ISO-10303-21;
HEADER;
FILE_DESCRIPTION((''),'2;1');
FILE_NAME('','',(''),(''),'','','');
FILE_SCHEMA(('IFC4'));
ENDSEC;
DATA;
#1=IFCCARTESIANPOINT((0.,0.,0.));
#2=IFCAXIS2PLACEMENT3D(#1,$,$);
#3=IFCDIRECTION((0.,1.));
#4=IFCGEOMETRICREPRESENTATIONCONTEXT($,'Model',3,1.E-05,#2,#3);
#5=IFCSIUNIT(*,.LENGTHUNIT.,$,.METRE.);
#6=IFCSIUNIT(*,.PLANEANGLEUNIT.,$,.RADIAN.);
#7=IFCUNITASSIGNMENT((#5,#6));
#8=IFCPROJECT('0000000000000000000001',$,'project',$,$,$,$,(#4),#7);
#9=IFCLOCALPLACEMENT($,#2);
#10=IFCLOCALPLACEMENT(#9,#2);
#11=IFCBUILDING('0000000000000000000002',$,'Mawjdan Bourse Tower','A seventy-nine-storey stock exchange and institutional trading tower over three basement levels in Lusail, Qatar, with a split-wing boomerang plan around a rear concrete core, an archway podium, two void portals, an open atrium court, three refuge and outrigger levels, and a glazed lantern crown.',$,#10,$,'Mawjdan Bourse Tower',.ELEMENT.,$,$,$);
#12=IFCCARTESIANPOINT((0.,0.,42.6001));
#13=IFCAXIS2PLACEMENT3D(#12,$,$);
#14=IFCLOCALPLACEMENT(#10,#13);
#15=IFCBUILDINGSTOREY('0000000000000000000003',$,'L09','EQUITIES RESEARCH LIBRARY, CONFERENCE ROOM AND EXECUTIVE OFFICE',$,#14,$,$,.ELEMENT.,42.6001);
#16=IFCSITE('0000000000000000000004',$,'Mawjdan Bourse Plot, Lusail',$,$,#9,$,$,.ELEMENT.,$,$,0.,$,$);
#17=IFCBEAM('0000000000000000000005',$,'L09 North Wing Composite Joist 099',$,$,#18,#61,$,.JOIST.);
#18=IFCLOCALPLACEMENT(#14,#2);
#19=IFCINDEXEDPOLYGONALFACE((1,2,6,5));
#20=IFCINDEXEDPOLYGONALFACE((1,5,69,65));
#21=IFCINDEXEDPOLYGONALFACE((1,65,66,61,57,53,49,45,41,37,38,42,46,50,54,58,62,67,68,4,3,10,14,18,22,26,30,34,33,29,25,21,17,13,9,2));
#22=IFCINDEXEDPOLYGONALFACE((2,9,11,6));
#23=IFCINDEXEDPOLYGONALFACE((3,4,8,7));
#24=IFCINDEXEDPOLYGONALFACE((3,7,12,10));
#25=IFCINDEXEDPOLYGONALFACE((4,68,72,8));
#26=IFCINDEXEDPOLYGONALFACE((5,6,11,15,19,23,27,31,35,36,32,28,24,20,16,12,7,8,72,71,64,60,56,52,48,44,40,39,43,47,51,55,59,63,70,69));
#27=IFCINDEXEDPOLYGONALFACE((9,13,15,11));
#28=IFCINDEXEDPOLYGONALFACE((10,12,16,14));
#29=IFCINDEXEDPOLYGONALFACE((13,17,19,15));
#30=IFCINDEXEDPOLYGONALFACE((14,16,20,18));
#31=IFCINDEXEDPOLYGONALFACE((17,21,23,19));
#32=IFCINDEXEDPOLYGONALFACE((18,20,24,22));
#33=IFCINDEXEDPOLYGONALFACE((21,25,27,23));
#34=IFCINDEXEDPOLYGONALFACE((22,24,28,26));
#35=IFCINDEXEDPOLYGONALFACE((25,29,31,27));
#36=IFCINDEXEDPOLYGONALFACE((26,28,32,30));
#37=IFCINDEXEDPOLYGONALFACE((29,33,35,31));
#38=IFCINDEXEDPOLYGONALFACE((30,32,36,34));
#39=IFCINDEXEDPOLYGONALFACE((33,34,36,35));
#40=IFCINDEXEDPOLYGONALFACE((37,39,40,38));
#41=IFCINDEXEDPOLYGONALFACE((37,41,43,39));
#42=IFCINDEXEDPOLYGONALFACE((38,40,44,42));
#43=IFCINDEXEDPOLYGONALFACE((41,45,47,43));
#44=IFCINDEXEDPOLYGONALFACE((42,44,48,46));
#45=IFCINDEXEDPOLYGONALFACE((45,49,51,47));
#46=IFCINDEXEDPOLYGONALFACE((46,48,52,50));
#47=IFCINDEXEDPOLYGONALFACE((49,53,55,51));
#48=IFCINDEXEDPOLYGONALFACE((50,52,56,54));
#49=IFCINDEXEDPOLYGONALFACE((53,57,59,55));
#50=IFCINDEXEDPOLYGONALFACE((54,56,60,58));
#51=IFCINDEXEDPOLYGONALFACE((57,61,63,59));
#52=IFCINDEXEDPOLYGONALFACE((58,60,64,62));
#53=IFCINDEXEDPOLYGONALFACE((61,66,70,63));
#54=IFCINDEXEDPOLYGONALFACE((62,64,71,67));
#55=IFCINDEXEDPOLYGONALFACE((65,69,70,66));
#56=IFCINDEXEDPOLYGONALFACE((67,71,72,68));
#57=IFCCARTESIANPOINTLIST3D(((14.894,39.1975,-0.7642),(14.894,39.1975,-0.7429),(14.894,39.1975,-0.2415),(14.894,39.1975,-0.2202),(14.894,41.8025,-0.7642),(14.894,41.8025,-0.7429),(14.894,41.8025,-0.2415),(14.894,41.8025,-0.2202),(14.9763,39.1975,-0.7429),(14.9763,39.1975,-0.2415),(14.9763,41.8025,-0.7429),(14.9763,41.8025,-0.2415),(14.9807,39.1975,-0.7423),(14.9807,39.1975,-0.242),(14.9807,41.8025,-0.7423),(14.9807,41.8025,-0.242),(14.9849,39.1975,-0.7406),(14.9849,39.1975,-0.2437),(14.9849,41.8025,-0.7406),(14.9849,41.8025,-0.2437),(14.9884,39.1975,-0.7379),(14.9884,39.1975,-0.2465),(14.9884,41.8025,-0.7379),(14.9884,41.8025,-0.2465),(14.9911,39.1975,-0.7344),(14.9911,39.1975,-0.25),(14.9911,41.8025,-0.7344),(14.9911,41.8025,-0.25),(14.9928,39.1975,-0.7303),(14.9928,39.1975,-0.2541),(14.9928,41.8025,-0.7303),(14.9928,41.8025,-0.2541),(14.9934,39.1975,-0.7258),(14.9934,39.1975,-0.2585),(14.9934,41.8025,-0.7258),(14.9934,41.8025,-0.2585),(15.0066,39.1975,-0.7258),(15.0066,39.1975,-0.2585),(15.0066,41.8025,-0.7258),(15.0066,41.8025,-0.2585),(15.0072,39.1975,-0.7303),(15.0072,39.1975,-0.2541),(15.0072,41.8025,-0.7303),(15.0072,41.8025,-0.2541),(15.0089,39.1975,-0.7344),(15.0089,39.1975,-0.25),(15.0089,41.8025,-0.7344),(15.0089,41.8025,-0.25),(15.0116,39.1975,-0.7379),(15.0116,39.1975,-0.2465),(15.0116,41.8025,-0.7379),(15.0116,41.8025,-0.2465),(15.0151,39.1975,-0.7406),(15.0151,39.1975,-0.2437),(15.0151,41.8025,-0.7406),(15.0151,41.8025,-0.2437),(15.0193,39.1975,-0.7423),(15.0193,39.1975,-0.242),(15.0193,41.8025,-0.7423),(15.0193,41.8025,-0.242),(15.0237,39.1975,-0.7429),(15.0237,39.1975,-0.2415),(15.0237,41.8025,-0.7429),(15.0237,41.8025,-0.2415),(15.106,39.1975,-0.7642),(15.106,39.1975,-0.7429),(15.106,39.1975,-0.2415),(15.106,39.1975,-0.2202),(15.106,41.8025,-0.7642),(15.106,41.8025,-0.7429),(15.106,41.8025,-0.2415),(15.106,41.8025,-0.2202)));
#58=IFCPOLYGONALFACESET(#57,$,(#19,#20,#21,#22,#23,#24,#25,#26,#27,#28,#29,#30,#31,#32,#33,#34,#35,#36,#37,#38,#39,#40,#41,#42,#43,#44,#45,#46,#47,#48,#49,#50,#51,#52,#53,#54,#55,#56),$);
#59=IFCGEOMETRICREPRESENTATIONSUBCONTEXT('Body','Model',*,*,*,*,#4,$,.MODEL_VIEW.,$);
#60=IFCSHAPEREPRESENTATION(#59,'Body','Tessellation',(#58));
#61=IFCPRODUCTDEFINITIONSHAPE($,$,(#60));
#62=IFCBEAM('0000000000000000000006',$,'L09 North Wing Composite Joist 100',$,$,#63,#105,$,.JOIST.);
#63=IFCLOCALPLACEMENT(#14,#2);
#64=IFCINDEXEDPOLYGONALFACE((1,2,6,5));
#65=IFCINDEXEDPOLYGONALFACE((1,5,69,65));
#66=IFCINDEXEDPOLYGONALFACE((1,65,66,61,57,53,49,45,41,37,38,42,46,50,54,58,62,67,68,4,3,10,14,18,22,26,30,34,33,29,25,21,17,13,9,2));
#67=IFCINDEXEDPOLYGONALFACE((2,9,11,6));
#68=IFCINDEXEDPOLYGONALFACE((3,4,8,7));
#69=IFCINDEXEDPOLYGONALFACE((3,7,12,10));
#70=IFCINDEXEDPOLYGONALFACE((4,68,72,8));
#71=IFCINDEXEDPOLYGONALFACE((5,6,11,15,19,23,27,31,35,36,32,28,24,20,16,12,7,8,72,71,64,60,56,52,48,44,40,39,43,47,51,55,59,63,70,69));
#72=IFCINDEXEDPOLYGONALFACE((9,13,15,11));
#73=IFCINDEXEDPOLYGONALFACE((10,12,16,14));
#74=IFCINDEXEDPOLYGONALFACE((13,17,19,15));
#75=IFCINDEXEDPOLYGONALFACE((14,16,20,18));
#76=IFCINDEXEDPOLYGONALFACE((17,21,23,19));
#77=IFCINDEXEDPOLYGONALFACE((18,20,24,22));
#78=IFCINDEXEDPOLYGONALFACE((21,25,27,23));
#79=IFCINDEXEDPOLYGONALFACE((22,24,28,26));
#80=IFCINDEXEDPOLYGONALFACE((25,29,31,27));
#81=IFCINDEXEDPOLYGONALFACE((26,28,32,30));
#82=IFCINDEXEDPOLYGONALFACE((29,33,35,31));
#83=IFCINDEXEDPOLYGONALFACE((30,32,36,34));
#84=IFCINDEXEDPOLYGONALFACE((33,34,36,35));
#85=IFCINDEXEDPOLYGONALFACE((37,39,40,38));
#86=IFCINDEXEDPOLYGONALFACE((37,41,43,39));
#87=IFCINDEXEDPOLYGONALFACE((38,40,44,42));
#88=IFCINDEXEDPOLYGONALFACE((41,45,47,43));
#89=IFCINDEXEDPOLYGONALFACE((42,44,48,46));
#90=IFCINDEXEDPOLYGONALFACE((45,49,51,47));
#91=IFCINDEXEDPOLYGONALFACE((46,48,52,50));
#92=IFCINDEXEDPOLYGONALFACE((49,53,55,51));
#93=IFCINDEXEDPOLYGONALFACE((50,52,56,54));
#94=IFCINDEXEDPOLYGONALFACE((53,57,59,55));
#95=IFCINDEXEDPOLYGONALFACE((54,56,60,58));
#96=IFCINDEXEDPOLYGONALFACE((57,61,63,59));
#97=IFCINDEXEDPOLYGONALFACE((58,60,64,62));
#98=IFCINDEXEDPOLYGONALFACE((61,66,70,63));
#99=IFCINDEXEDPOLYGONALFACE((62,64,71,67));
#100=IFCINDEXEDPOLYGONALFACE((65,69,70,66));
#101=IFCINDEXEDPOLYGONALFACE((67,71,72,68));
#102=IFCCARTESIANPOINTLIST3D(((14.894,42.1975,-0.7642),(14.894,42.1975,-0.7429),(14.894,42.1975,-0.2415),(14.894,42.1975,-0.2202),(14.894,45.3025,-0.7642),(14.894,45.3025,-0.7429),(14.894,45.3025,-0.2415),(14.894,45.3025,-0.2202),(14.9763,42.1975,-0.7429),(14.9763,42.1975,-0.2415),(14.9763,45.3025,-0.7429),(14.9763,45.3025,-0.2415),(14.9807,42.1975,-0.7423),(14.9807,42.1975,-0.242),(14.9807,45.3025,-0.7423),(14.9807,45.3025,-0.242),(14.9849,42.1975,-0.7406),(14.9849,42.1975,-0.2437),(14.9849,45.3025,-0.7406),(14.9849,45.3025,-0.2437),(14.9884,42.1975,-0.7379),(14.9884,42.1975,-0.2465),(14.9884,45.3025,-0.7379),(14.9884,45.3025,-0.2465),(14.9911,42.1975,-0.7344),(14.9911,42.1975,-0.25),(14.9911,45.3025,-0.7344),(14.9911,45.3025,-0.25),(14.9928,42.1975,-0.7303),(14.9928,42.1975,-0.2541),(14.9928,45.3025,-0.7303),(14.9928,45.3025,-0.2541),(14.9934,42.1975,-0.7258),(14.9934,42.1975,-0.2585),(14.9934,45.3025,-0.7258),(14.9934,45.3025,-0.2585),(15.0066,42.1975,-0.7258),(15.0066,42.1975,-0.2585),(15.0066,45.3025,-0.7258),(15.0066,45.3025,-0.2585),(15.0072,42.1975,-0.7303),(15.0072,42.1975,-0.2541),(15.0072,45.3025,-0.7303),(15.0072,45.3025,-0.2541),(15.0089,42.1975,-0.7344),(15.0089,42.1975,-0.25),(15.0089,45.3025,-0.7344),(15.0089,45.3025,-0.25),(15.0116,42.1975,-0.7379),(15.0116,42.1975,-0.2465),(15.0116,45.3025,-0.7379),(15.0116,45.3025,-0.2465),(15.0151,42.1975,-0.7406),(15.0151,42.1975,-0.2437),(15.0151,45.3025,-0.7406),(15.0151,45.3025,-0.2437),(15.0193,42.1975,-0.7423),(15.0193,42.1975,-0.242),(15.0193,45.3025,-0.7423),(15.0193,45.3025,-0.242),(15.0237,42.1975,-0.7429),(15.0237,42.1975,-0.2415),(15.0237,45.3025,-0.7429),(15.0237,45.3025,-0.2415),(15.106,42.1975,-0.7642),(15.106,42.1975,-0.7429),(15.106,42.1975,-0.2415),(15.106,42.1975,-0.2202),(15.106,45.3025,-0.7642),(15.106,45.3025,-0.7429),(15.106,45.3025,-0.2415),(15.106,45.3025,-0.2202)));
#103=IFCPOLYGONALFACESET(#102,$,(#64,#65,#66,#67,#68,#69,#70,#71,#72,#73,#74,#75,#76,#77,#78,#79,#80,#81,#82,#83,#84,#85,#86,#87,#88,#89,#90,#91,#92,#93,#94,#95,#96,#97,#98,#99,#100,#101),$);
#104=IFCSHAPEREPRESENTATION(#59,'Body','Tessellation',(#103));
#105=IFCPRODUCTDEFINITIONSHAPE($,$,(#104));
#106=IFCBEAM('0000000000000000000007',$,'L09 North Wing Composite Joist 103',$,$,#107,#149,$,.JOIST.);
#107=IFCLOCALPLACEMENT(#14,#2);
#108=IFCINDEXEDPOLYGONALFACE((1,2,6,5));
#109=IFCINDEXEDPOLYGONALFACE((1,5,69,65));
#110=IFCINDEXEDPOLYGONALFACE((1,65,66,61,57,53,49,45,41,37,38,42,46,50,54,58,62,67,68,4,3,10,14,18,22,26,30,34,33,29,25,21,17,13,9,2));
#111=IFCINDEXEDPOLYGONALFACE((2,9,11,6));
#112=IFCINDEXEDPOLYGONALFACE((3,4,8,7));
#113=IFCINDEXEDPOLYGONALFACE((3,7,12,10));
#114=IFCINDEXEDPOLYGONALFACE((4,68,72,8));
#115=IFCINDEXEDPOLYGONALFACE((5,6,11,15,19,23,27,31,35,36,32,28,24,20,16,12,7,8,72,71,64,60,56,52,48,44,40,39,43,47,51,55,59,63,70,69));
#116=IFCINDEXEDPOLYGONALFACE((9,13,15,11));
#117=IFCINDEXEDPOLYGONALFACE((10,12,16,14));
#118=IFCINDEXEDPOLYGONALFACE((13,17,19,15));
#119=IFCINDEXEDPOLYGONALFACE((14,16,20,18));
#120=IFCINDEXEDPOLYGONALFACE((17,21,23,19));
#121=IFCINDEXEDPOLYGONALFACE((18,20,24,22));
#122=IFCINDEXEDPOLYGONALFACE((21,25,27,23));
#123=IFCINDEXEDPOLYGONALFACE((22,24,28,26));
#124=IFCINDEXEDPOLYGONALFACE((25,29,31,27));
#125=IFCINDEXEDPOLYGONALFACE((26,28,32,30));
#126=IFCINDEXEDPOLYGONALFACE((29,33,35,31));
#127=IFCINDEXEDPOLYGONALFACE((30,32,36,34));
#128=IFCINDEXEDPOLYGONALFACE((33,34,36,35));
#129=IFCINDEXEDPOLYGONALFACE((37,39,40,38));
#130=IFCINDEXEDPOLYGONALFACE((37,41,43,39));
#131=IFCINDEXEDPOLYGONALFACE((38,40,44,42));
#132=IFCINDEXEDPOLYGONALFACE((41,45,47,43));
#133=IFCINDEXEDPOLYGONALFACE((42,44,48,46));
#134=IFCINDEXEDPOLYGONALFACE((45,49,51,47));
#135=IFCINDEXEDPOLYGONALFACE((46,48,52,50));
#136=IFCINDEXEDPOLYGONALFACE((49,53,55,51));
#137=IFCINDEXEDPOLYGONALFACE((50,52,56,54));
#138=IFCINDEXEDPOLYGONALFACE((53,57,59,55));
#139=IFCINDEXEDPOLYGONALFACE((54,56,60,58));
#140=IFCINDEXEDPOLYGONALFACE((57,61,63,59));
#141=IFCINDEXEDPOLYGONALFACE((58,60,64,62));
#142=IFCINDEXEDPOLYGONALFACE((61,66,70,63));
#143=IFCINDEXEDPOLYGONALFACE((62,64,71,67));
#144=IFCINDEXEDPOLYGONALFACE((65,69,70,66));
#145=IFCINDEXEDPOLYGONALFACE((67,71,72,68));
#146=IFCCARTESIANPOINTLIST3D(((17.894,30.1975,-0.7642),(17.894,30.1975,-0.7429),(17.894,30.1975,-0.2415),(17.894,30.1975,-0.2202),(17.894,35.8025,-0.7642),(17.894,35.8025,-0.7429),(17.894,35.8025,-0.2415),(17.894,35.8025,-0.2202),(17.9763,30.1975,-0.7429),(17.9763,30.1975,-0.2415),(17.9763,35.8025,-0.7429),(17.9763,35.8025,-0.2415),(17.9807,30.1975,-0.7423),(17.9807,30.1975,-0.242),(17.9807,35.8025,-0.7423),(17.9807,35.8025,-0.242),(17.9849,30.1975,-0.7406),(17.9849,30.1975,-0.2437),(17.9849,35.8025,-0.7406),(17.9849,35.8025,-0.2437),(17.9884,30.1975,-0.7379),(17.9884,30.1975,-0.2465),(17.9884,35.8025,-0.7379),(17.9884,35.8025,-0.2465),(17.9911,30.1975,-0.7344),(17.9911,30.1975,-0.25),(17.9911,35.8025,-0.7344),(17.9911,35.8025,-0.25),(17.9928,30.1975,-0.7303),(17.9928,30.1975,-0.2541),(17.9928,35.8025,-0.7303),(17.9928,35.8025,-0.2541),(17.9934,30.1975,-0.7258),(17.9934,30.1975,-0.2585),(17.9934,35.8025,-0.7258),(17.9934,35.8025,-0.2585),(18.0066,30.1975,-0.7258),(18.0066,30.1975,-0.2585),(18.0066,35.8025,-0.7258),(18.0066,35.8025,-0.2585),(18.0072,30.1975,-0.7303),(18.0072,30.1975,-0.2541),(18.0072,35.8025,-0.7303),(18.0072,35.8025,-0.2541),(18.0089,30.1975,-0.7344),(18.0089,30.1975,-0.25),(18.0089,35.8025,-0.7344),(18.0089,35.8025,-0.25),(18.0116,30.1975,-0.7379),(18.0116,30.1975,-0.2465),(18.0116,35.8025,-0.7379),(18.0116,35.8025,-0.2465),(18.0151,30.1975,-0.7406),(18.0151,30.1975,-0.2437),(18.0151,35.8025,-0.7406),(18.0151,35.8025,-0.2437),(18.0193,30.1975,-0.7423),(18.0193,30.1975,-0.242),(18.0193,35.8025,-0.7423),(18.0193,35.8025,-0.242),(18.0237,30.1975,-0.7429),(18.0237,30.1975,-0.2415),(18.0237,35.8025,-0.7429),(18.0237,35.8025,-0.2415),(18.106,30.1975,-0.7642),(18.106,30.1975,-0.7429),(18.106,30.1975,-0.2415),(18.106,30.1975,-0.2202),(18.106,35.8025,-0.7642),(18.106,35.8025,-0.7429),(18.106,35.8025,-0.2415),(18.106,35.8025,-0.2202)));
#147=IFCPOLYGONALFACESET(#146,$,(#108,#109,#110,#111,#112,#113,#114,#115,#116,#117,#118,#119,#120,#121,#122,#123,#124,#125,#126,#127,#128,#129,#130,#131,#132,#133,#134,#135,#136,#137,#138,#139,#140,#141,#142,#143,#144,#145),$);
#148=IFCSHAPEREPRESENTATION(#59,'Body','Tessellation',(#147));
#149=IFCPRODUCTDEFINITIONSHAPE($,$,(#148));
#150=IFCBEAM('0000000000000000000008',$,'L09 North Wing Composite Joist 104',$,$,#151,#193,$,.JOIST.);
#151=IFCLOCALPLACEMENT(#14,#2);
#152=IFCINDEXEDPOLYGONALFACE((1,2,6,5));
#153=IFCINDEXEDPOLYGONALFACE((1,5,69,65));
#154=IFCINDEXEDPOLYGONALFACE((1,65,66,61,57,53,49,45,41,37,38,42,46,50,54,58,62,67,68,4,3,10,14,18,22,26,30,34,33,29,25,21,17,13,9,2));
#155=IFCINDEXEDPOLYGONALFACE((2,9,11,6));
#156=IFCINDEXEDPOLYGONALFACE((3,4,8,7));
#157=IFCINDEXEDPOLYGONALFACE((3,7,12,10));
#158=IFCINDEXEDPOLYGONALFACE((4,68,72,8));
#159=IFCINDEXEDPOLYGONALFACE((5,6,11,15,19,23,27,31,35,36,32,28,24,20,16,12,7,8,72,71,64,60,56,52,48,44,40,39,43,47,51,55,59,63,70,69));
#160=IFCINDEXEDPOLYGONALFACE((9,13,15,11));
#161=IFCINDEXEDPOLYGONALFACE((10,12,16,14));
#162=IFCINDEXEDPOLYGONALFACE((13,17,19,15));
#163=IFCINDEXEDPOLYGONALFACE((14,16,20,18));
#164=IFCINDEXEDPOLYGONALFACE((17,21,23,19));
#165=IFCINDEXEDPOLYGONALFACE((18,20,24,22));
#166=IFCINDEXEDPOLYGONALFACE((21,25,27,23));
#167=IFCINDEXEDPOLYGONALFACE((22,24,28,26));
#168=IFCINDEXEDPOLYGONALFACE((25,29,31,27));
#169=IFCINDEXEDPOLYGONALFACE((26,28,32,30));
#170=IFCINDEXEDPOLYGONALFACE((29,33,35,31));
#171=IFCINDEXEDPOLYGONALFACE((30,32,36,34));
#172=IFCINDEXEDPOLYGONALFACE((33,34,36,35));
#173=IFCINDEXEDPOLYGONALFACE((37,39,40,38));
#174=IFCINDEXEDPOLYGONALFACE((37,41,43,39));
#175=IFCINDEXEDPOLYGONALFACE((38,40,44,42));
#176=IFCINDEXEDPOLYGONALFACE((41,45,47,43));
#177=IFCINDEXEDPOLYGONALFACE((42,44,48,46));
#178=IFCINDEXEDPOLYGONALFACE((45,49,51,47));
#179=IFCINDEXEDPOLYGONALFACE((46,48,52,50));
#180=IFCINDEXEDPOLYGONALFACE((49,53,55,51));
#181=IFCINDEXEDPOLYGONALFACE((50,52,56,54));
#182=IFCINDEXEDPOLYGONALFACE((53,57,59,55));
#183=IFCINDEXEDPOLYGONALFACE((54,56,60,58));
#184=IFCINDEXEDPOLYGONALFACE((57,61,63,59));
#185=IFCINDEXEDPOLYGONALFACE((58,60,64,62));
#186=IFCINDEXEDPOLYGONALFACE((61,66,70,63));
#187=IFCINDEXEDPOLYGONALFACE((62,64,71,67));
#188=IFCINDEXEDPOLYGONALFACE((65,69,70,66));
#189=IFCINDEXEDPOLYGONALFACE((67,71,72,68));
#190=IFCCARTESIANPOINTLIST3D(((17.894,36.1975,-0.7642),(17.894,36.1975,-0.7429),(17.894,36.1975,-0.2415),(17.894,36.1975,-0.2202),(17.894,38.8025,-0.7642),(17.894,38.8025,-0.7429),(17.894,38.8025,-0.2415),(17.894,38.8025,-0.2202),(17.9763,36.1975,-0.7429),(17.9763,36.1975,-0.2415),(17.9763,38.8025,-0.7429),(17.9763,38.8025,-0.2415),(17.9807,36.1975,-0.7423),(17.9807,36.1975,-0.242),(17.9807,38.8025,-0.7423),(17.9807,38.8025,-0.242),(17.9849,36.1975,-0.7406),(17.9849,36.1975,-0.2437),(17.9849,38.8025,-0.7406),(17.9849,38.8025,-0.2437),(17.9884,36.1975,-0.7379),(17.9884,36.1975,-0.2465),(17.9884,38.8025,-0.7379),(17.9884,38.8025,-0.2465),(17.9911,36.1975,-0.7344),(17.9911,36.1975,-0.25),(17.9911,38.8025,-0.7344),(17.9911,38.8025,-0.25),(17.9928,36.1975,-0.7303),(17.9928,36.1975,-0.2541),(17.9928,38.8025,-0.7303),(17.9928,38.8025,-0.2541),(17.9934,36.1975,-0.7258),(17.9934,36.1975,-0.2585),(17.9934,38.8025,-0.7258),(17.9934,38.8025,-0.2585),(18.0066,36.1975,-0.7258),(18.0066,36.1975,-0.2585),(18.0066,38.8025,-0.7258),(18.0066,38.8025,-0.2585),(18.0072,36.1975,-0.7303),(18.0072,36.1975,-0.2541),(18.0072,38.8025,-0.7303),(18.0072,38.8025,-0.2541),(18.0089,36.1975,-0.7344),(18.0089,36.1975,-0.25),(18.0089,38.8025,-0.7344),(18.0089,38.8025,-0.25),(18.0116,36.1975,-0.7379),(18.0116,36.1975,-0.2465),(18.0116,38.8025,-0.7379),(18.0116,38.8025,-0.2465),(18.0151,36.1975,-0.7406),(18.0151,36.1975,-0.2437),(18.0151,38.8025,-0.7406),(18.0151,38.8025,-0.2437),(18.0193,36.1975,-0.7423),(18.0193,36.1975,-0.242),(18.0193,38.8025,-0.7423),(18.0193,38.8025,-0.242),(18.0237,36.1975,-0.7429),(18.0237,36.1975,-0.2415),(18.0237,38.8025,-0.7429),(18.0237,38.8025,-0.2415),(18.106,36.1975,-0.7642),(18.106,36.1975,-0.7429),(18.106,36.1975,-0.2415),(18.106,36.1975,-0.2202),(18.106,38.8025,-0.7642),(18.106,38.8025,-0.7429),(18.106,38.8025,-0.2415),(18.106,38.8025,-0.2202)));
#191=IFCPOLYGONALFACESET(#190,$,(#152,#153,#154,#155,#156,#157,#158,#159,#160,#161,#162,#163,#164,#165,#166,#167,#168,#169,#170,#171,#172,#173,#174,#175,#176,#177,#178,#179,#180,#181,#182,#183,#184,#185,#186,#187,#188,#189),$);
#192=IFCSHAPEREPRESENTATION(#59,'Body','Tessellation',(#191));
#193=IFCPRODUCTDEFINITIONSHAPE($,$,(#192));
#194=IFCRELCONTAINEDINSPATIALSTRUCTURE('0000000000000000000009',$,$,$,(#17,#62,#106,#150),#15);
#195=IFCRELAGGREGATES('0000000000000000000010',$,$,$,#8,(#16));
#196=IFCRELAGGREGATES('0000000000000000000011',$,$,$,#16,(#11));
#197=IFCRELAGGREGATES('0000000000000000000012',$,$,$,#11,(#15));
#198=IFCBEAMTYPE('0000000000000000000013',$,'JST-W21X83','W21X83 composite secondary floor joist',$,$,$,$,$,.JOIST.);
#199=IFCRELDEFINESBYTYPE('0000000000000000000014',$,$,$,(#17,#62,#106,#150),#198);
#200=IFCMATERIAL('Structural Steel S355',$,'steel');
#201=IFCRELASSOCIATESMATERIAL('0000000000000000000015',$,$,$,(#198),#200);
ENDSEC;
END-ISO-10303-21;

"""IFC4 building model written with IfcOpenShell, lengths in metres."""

from ifc_helpers import new_model, si_unit, direction, frame, origin, origin_2d, place, context, subcontext, project, spatial, i_section, extrude, material, material_profile, profile_set, type_object, element, save


model = new_model("IFC4")

# Units and contexts
model_context = context("Model", 3, precision=1e-05, world=origin(), true_north=direction((0.0, 1.0)))
body_context = subcontext(model_context, "Body", "Model", "MODEL_VIEW")
ifc_project = project(units=[si_unit("LENGTHUNIT", "METRE"), si_unit("PLANEANGLEUNIT", "RADIAN")], contexts=[model_context])

# Site, building, storey
site_placement = place(None, origin())
site = spatial("IfcSite", under=ifc_project, at=site_placement, Name="Mawjdan Bourse Plot, Lusail", CompositionType="ELEMENT", RefElevation=0.0)
building_placement = place(site_placement, origin())
building = spatial("IfcBuilding", under=site, at=building_placement, Name="Mawjdan Bourse Tower", Description="A seventy-nine-storey stock exchange and institutional trading tower over three basement levels in Lusail, Qatar, with a split-wing boomerang plan around a rear concrete core, an archway podium, two void portals, an open atrium court, three refuge and outrigger levels, and a glazed lantern crown.", LongName="Mawjdan Bourse Tower", CompositionType="ELEMENT")
storey_placement = place(building_placement, frame((0.0, 0.0, 42.6001)))
storey = spatial("IfcBuildingStorey", under=building, at=storey_placement, Name="L09", Description="EQUITIES RESEARCH LIBRARY, CONFERENCE ROOM AND EXECUTIVE OFFICE", CompositionType="ELEMENT", Elevation=42.6001)

# Beams
ifc_material_1 = material(Name="Structural Steel S355", Category="steel")
ifc_material_profile_1 = material_profile(ifc_material_1, i_section(OverallWidth=0.2119, OverallDepth=0.5439, WebThickness=0.0132, FlangeThickness=0.0212, FilletRadius=0.0171, at=origin_2d()), Name="W21X83")
ifc_profile_set_1 = profile_set([ifc_material_profile_1], Name="Structural Steel S355")
beam_type_1 = type_object("IfcBeamType", Name="JST-W21X83", Description="W21X83 composite secondary floor joist", PredefinedType="JOIST", material=ifc_profile_set_1)
for number, where, z_axis, x_axis, name in (
    (1, (15.0, 39.1975, -0.4922), (0.0, 1.0, 0.0), (-1.0, 0.0, 0.0), "L09 North Wing Composite Joist 099"),
):
    element("IfcBeam", number, at=place(storey_placement, frame(where, z_axis=z_axis, x_axis=x_axis)), inside=storey, type_object=beam_type_1, Name=name, PredefinedType="JOIST", context=body_context, shape_type="SweptSolid", body=[
        extrude(i_section(OverallWidth=0.2119, OverallDepth=0.5439, WebThickness=0.0132, FlangeThickness=0.0212, FilletRadius=0.0171, at=origin_2d()), origin(), (0.0, 0.0, 1.0), 2.605),
    ])
beam_1_placement = place(storey_placement, frame((15.0, 42.1975, -0.4922), z_axis=(0.0, 1.0, 0.0), x_axis=(-1.0, 0.0, 0.0)))
element("IfcBeam", 2, at=beam_1_placement, inside=storey, type_object=beam_type_1, Name="L09 North Wing Composite Joist 100", PredefinedType="JOIST", context=body_context, shape_type="SweptSolid", body=[
    extrude(i_section(OverallWidth=0.2119, OverallDepth=0.5439, WebThickness=0.0132, FlangeThickness=0.0212, FilletRadius=0.0171, at=origin_2d()), origin(), (0.0, 0.0, 1.0), 3.105),
])
beam_2_placement = place(storey_placement, frame((18.0, 30.1975, -0.4922), z_axis=(0.0, 1.0, 0.0), x_axis=(-1.0, 0.0, 0.0)))
element("IfcBeam", 3, at=beam_2_placement, inside=storey, type_object=beam_type_1, Name="L09 North Wing Composite Joist 103", PredefinedType="JOIST", context=body_context, shape_type="SweptSolid", body=[
    extrude(i_section(OverallWidth=0.2119, OverallDepth=0.5439, WebThickness=0.0132, FlangeThickness=0.0212, FilletRadius=0.0171, at=origin_2d()), origin(), (0.0, 0.0, 1.0), 5.605),
])
for number, where, z_axis, x_axis, name in (
    (4, (18.0, 36.1975, -0.4922), (0.0, 1.0, 0.0), (-1.0, 0.0, 0.0), "L09 North Wing Composite Joist 104"),
):
    element("IfcBeam", number, at=place(storey_placement, frame(where, z_axis=z_axis, x_axis=x_axis)), inside=storey, type_object=beam_type_1, Name=name, PredefinedType="JOIST", context=body_context, shape_type="SweptSolid", body=[
        extrude(i_section(OverallWidth=0.2119, OverallDepth=0.5439, WebThickness=0.0132, FlangeThickness=0.0212, FilletRadius=0.0171, at=origin_2d()), origin(), (0.0, 0.0, 1.0), 2.605),
    ])

save(model, "model.ifc")
